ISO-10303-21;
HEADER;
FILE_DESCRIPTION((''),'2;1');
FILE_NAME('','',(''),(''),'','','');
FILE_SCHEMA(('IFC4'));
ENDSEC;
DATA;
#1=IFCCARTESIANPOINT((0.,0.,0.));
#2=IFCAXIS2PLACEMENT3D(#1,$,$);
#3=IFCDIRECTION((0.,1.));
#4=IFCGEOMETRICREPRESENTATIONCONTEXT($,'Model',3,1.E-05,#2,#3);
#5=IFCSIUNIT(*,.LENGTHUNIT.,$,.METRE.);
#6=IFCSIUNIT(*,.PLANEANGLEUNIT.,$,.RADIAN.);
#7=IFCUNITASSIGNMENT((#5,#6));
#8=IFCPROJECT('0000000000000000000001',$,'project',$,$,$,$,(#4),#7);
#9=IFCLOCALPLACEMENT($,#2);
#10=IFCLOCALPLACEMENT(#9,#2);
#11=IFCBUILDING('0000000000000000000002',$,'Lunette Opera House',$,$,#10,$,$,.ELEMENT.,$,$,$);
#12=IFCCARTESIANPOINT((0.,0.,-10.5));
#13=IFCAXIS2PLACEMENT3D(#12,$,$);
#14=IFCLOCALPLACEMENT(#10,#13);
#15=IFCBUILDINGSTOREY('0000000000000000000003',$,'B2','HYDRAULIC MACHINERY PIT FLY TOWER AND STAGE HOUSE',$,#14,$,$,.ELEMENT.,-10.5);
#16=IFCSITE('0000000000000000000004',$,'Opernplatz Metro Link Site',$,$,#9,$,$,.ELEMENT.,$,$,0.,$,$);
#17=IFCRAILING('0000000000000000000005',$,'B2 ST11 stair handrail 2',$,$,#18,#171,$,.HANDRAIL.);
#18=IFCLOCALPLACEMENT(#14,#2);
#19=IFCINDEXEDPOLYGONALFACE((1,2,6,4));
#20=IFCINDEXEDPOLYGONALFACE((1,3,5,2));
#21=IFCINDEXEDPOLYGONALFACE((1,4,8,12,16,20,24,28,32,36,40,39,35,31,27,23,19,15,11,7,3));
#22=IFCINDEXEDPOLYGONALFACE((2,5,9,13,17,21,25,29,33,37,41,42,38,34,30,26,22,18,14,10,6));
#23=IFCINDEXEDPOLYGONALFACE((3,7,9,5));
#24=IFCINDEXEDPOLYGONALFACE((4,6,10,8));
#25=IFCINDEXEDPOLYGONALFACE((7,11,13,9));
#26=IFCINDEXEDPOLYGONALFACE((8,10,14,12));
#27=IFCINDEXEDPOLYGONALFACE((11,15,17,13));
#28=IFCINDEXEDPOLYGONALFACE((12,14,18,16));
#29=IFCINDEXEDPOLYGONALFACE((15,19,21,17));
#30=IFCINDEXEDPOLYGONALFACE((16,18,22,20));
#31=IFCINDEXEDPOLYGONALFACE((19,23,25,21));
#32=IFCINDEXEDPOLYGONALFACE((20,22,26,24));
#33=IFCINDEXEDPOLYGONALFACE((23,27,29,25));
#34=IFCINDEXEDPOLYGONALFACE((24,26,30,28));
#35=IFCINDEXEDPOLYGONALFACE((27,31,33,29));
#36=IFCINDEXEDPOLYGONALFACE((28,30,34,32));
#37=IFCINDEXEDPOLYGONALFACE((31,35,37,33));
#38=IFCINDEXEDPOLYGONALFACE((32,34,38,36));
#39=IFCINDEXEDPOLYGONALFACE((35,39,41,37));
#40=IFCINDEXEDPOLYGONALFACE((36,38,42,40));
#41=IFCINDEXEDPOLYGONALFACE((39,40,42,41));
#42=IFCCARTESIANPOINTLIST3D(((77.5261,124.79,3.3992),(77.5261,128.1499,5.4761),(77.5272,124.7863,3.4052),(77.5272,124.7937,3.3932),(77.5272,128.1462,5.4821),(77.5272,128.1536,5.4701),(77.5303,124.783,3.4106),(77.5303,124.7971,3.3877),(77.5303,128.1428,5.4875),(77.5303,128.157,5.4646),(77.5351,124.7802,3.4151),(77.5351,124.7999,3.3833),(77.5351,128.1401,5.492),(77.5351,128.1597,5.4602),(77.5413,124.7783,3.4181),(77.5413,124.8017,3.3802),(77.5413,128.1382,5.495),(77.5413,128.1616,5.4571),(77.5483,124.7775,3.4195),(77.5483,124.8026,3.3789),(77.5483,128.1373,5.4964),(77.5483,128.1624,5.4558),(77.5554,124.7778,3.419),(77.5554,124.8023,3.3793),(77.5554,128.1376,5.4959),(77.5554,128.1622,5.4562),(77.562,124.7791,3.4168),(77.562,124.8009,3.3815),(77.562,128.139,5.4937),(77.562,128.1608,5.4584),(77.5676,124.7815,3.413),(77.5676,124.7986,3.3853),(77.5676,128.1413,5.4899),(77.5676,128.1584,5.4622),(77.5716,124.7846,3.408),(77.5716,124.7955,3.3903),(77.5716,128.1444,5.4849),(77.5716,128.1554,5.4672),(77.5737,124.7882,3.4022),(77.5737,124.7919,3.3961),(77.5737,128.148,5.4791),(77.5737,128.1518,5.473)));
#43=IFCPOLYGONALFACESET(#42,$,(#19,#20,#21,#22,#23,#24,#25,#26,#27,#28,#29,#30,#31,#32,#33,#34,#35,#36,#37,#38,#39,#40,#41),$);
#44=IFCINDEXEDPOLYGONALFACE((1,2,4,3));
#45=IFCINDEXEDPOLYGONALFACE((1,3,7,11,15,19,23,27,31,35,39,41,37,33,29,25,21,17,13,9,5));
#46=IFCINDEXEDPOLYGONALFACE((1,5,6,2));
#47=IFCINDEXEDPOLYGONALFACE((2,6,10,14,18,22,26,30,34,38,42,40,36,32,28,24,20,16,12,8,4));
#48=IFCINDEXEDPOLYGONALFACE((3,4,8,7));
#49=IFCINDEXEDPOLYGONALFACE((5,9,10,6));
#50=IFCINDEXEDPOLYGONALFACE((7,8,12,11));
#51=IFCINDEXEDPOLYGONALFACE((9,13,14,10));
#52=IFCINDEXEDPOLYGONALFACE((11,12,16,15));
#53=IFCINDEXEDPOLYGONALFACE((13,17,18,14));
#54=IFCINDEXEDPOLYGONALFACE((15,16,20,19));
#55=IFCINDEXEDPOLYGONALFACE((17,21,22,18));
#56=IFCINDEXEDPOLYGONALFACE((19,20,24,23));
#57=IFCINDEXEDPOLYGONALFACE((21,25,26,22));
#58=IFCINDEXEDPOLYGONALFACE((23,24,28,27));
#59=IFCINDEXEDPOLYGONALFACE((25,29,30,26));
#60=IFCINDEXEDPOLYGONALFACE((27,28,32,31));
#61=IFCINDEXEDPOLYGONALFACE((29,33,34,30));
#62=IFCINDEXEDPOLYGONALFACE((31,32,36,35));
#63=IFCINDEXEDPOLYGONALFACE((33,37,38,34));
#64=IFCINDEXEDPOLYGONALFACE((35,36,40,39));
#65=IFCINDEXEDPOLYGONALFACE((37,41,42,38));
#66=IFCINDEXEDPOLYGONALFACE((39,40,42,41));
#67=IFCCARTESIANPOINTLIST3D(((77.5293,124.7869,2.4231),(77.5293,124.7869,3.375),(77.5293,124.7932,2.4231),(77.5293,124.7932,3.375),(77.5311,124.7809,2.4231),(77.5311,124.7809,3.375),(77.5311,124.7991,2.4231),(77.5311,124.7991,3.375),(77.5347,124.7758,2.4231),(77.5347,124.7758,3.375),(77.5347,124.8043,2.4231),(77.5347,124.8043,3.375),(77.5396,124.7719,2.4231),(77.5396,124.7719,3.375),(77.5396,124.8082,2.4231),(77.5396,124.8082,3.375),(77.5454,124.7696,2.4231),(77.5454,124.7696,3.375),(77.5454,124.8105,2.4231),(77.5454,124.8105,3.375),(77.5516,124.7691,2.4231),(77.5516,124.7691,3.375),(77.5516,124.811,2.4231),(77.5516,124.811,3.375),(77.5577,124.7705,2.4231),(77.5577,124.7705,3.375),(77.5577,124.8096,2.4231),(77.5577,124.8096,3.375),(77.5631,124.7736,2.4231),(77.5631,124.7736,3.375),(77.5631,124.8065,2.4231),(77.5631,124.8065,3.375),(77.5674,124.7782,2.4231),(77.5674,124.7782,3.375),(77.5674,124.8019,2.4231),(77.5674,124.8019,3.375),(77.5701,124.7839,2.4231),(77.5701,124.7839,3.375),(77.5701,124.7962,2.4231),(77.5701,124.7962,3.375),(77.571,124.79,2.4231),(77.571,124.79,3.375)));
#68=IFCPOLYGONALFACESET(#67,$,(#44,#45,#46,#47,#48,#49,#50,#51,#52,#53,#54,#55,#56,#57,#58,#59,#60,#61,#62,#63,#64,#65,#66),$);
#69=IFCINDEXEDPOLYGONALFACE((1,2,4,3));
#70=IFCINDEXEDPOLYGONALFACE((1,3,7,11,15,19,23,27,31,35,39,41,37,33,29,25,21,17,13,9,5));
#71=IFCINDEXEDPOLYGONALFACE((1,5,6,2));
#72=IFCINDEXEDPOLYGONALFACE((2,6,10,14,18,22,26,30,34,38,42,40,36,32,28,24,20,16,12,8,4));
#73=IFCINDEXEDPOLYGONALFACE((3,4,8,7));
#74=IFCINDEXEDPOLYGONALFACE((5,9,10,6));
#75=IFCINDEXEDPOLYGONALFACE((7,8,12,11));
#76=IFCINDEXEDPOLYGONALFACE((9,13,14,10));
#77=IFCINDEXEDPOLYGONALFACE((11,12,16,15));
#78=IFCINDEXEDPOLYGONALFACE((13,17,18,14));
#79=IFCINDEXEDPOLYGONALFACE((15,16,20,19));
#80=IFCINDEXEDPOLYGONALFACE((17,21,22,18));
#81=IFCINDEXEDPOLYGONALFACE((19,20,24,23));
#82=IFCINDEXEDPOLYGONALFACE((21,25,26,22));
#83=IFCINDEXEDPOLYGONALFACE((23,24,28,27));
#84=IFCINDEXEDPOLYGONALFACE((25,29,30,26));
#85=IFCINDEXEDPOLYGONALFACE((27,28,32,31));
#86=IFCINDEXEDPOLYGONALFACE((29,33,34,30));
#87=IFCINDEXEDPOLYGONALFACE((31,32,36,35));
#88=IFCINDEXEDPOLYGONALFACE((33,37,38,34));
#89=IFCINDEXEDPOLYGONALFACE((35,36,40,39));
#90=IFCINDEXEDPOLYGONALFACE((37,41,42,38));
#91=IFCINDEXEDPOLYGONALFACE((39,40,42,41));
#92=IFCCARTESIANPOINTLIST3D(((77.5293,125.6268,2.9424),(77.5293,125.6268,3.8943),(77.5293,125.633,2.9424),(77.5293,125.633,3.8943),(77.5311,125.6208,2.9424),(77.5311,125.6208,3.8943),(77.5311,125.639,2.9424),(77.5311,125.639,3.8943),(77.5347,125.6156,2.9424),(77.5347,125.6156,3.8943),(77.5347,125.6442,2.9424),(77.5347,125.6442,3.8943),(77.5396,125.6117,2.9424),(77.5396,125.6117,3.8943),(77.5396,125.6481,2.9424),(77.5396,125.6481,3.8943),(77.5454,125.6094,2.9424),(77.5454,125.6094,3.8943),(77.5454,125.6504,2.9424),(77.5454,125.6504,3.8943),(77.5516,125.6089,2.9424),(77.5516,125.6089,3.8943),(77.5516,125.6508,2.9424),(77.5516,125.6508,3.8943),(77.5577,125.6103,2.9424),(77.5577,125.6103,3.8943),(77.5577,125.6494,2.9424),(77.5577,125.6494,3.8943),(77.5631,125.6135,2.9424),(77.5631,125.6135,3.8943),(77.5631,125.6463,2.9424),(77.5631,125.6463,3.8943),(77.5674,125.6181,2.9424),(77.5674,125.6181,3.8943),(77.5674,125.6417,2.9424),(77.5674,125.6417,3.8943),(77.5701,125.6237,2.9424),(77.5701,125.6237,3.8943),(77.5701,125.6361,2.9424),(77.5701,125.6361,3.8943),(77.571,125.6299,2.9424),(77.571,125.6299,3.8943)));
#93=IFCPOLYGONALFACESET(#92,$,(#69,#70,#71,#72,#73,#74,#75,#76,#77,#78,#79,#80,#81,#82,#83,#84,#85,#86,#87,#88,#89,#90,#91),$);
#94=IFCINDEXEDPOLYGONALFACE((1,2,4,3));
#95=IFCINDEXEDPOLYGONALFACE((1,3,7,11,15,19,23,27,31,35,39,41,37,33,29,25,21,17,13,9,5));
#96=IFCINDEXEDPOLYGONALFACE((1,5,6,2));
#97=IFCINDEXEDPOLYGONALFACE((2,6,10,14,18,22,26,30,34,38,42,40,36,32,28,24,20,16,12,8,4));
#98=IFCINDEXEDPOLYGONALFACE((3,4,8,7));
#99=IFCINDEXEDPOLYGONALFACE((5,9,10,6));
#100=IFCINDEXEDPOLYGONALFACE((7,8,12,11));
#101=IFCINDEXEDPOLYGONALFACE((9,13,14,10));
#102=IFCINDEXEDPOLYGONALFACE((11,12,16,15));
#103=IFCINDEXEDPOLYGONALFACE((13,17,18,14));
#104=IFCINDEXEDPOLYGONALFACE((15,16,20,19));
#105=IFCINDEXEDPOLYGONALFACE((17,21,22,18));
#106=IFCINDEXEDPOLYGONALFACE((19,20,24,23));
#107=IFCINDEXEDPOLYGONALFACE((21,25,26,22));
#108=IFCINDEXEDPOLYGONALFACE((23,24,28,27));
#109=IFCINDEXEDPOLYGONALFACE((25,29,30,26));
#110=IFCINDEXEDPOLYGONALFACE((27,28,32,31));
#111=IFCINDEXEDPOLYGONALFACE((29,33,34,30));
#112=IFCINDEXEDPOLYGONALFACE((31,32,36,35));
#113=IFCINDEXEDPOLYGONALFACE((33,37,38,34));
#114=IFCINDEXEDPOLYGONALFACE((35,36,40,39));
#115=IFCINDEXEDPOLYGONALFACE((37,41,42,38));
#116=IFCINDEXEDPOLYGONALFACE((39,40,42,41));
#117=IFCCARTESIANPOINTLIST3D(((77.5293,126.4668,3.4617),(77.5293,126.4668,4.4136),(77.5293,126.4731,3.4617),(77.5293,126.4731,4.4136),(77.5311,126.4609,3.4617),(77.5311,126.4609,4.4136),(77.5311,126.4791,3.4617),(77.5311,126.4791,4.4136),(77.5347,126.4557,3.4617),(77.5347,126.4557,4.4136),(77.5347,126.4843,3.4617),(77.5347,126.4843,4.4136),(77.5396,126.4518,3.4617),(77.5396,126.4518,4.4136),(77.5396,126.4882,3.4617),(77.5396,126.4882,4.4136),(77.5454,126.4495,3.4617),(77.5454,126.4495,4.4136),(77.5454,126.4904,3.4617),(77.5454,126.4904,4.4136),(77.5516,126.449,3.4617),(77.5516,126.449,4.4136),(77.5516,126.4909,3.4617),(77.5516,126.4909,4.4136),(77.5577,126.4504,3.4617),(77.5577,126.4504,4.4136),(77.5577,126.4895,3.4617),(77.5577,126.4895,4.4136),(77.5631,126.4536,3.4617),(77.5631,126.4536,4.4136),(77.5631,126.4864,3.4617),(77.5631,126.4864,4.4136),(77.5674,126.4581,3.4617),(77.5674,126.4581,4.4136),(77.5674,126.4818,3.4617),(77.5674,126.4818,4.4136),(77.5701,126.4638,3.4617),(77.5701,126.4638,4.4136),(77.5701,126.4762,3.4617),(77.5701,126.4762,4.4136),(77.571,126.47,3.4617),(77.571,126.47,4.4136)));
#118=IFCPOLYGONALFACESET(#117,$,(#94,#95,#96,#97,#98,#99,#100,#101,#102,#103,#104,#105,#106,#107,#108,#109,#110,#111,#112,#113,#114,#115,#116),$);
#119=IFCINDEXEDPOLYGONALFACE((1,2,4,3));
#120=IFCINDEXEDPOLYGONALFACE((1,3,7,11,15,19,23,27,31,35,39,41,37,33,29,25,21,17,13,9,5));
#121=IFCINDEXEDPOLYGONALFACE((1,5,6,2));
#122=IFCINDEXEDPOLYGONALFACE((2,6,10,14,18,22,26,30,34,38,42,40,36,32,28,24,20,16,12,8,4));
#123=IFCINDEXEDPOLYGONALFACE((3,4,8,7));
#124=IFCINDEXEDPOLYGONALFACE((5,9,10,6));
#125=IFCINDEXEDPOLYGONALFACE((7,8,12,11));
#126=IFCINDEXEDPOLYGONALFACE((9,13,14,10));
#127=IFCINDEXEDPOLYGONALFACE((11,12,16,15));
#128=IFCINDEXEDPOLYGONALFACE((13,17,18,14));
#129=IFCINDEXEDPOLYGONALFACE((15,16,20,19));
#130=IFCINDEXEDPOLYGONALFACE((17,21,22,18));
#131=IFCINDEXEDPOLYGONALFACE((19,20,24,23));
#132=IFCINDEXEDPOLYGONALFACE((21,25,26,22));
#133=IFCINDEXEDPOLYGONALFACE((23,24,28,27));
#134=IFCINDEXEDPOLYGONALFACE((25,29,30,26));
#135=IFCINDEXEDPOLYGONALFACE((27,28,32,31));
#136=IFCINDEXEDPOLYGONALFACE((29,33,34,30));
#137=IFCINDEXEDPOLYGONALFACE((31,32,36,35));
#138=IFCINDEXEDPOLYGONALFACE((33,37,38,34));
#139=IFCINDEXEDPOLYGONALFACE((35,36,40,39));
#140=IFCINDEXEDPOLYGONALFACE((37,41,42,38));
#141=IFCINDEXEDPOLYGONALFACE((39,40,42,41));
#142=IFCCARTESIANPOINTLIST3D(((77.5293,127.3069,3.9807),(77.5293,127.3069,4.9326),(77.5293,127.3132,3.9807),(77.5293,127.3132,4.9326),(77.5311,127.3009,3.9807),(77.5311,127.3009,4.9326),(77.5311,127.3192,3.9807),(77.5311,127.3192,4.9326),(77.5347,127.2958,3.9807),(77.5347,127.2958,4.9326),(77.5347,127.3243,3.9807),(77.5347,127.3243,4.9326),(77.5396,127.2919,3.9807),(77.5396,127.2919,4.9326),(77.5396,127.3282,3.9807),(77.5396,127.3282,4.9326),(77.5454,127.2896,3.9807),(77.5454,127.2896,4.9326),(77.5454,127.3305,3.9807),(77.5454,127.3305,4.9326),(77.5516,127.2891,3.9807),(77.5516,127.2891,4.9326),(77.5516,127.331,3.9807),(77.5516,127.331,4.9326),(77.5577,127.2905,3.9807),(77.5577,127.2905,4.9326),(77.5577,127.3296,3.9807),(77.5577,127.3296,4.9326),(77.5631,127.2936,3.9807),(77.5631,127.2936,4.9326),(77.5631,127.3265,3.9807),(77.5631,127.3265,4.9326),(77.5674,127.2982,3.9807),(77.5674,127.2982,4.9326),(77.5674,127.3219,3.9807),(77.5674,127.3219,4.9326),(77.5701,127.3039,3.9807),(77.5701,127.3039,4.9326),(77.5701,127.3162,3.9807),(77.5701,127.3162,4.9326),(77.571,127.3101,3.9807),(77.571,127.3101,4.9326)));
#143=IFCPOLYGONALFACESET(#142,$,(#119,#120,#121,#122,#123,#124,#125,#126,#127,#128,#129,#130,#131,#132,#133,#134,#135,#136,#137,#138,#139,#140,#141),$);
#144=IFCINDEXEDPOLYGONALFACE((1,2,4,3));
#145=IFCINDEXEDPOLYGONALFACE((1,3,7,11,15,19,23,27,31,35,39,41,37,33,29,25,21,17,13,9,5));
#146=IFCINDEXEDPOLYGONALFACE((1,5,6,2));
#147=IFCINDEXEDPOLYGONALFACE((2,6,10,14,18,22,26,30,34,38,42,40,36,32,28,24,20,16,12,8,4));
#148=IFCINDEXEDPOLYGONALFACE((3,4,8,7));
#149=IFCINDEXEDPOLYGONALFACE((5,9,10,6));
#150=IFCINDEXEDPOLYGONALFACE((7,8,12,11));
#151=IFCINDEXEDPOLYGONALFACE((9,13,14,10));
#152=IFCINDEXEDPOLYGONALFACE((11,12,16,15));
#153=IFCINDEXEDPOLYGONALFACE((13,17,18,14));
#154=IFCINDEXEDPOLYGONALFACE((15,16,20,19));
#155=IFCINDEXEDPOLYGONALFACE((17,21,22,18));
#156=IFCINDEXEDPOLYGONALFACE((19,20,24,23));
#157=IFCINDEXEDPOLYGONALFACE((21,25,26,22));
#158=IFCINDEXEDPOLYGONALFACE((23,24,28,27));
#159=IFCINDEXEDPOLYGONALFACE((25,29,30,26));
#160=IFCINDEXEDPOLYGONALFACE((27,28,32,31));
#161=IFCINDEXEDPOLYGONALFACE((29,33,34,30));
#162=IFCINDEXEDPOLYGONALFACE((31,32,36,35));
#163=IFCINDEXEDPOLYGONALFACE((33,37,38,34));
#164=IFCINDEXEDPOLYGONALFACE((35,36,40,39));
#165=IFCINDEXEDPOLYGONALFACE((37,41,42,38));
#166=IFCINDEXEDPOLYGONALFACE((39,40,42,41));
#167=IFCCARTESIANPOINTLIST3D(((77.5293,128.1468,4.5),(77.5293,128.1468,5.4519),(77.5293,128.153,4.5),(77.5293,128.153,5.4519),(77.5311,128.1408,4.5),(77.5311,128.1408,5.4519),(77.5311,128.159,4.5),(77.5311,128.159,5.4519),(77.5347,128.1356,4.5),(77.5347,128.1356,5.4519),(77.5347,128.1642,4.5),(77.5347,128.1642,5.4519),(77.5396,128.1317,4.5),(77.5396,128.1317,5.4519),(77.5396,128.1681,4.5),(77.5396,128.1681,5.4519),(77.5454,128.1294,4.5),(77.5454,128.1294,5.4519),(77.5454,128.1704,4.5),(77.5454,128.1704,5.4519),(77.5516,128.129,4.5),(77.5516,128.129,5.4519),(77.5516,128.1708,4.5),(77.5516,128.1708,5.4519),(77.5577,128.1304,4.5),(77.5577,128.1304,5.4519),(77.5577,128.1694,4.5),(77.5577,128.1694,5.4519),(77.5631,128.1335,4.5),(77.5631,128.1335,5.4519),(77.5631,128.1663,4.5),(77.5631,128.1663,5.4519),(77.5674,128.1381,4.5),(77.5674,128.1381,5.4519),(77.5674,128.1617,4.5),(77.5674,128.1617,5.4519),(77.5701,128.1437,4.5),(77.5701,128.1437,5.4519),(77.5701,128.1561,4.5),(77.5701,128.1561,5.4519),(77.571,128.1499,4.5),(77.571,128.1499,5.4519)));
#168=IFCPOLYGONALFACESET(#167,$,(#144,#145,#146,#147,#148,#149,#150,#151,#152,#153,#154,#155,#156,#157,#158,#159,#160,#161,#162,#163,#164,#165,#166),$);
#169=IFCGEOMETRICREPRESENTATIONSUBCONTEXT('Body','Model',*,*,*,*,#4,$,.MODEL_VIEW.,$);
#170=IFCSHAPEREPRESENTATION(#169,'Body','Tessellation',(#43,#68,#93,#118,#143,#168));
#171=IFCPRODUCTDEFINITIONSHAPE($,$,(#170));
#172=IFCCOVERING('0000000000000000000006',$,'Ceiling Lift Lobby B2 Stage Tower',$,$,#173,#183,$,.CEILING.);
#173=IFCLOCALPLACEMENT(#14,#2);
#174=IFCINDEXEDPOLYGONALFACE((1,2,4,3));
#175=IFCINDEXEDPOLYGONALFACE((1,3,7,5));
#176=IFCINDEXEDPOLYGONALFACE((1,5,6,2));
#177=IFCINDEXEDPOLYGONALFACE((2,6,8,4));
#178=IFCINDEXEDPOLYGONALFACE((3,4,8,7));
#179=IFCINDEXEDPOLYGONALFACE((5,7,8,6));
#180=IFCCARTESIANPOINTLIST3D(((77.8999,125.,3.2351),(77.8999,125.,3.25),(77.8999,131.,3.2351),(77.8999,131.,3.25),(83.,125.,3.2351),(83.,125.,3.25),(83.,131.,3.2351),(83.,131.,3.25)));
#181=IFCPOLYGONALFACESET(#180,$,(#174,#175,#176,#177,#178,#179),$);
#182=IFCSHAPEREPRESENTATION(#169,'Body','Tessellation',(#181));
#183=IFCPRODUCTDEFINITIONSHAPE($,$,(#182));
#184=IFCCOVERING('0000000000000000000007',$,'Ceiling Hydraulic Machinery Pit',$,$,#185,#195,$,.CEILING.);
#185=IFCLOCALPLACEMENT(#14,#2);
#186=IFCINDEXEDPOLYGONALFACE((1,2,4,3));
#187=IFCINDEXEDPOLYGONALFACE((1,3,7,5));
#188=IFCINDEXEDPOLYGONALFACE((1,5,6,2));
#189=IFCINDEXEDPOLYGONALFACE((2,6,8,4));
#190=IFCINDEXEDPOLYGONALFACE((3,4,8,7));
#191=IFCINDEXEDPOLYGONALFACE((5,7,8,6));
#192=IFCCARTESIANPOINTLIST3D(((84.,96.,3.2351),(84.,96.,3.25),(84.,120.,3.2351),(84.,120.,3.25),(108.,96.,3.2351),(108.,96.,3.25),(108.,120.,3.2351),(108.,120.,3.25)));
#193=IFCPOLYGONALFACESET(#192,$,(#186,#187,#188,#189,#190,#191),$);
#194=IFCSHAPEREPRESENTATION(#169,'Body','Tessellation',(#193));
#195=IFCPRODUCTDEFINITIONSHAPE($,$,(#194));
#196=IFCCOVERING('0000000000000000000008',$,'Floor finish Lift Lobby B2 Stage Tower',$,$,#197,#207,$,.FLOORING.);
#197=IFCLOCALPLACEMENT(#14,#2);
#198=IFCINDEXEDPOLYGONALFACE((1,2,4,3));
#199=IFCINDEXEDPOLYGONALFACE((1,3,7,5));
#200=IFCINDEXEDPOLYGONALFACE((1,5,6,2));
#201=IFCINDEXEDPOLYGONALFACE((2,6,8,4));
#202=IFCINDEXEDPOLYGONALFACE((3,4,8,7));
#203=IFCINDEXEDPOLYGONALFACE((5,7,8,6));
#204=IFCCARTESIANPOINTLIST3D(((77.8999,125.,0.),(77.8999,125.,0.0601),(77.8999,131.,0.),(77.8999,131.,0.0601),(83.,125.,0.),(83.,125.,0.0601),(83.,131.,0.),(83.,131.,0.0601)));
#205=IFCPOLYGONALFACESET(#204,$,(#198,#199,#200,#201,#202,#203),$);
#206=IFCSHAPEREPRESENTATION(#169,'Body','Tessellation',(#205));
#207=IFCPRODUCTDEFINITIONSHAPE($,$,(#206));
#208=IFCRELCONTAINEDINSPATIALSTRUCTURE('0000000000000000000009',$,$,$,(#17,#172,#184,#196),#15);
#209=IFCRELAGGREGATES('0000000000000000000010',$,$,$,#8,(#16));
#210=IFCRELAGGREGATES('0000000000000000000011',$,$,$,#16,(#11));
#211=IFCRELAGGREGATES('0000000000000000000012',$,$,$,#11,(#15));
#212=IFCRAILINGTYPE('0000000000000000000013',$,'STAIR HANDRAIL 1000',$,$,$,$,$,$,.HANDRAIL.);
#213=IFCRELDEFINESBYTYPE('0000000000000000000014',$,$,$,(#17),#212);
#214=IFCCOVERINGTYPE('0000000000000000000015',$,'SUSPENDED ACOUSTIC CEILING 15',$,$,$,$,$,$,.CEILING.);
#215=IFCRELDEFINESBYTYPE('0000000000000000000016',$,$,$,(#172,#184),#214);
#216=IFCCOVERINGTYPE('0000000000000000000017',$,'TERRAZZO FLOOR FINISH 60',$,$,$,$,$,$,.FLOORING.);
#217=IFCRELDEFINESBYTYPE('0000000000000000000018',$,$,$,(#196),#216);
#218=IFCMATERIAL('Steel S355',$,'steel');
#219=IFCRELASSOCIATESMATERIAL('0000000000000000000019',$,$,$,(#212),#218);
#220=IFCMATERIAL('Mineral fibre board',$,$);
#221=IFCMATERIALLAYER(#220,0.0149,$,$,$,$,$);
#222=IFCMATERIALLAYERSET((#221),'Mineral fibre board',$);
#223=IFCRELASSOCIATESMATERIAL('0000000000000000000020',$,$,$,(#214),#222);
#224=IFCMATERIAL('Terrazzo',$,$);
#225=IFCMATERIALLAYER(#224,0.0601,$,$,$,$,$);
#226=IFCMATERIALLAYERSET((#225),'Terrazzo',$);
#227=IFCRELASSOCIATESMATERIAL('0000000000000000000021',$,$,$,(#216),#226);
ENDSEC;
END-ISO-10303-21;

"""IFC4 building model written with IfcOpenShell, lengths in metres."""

from ifc_helpers import new_model, si_unit, direction, frame, origin, origin_2d, place, context, subcontext, project, spatial, polyline, circle, outline, extrude, material, layer, layer_set, type_object, element, save


model = new_model("IFC4")

# Units and contexts
model_context = context("Model", 3, precision=1e-05, world=origin(), true_north=direction((0.0, 1.0)))
body_context = subcontext(model_context, "Body", "Model", "MODEL_VIEW")
ifc_project = project(units=[si_unit("LENGTHUNIT", "METRE"), si_unit("PLANEANGLEUNIT", "RADIAN")], contexts=[model_context])

# Site, building, storey
site_placement = place(None, origin())
site = spatial("IfcSite", under=ifc_project, at=site_placement, Name="Opernplatz Metro Link Site", CompositionType="ELEMENT", RefElevation=0.0)
building_placement = place(site_placement, origin())
building = spatial("IfcBuilding", under=site, at=building_placement, Name="Lunette Opera House", CompositionType="ELEMENT")
storey_placement = place(building_placement, frame((0.0, 0.0, -10.5)))
storey = spatial("IfcBuildingStorey", under=building, at=storey_placement, Name="B2", Description="HYDRAULIC MACHINERY PIT FLY TOWER AND STAGE HOUSE", CompositionType="ELEMENT", Elevation=-10.5)

# Railing
ifc_material_1 = material(Name="Steel S355", Category="steel")
railing_type_1 = type_object("IfcRailingType", Name="STAIR HANDRAIL 1000", PredefinedType="HANDRAIL", material=ifc_material_1)
railing_1_placement = place(storey_placement, frame((77.55, 124.79, 2.4231)))
element("IfcRailing", 1, at=railing_1_placement, inside=storey, type_object=railing_type_1, Name="B2 ST11 stair handrail 2", PredefinedType="HANDRAIL", context=body_context, shape_type="SweptSolid", body=[
    extrude(circle(Radius=0.0239, at=origin_2d()), frame((0.0, 0.0, 0.9761), z_axis=(0.0, 0.850606, 0.525803), x_axis=(-1.0, 0.0, 0.0)), (0.0, 0.0, 1.0), 3.95),
    extrude(circle(Radius=0.021, at=origin_2d()), origin(), (0.0, 0.0, 1.0), 0.9519),
    extrude(circle(Radius=0.021, at=origin_2d()), frame((0.0, 0.8398, 0.5193)), (0.0, 0.0, 1.0), 0.9519),
    extrude(circle(Radius=0.021, at=origin_2d()), frame((0.0, 1.6799, 1.0386)), (0.0, 0.0, 1.0), 0.9519),
    extrude(circle(Radius=0.021, at=origin_2d()), frame((0.0, 2.52, 1.5576)), (0.0, 0.0, 1.0), 0.9519),
    extrude(circle(Radius=0.021, at=origin_2d()), frame((0.0, 3.3599, 2.0769)), (0.0, 0.0, 1.0), 0.9519),
])

# Coverings
ifc_material_2 = material(Name="Mineral fibre board")
ifc_layer_1 = layer(ifc_material_2, 0.0149)
ifc_layer_set_1 = layer_set([ifc_layer_1], Name="Mineral fibre board")
covering_type_1 = type_object("IfcCoveringType", Name="SUSPENDED ACOUSTIC CEILING 15", PredefinedType="CEILING", material=ifc_layer_set_1)
covering_1_placement = place(storey_placement, frame((0.0, 0.0, 3.2351)))
element("IfcCovering", 2, at=covering_1_placement, inside=storey, type_object=covering_type_1, Name="Ceiling Lift Lobby B2 Stage Tower", PredefinedType="CEILING", context=body_context, shape_type="SweptSolid", body=[
    extrude(outline(polyline([(83.0, 125.0), (83.0, 131.0), (77.8999, 131.0), (77.8999, 125.0), (83.0, 125.0)])), origin(), (0.0, 0.0, 1.0), 0.0149),
])
covering_2_placement = place(storey_placement, frame((0.0, 0.0, 3.2351)))
element("IfcCovering", 3, at=covering_2_placement, inside=storey, type_object=covering_type_1, Name="Ceiling Hydraulic Machinery Pit", PredefinedType="CEILING", context=body_context, shape_type="SweptSolid", body=[
    extrude(outline(polyline([(108.0, 96.0), (108.0, 120.0), (84.0, 120.0), (84.0, 96.0), (108.0, 96.0)])), origin(), (0.0, 0.0, 1.0), 0.0149),
])
ifc_material_3 = material(Name="Terrazzo")
ifc_layer_2 = layer(ifc_material_3, 0.0601)
ifc_layer_set_2 = layer_set([ifc_layer_2], Name="Terrazzo")
covering_type_2 = type_object("IfcCoveringType", Name="TERRAZZO FLOOR FINISH 60", PredefinedType="FLOORING", material=ifc_layer_set_2)
covering_3_placement = place(storey_placement, origin())
element("IfcCovering", 4, at=covering_3_placement, inside=storey, type_object=covering_type_2, Name="Floor finish Lift Lobby B2 Stage Tower", PredefinedType="FLOORING", context=body_context, shape_type="SweptSolid", body=[
    extrude(outline(polyline([(83.0, 125.0), (83.0, 131.0), (77.8999, 131.0), (77.8999, 125.0), (83.0, 125.0)])), origin(), (0.0, 0.0, 1.0), 0.0601),
])

save(model, "model.ifc")
